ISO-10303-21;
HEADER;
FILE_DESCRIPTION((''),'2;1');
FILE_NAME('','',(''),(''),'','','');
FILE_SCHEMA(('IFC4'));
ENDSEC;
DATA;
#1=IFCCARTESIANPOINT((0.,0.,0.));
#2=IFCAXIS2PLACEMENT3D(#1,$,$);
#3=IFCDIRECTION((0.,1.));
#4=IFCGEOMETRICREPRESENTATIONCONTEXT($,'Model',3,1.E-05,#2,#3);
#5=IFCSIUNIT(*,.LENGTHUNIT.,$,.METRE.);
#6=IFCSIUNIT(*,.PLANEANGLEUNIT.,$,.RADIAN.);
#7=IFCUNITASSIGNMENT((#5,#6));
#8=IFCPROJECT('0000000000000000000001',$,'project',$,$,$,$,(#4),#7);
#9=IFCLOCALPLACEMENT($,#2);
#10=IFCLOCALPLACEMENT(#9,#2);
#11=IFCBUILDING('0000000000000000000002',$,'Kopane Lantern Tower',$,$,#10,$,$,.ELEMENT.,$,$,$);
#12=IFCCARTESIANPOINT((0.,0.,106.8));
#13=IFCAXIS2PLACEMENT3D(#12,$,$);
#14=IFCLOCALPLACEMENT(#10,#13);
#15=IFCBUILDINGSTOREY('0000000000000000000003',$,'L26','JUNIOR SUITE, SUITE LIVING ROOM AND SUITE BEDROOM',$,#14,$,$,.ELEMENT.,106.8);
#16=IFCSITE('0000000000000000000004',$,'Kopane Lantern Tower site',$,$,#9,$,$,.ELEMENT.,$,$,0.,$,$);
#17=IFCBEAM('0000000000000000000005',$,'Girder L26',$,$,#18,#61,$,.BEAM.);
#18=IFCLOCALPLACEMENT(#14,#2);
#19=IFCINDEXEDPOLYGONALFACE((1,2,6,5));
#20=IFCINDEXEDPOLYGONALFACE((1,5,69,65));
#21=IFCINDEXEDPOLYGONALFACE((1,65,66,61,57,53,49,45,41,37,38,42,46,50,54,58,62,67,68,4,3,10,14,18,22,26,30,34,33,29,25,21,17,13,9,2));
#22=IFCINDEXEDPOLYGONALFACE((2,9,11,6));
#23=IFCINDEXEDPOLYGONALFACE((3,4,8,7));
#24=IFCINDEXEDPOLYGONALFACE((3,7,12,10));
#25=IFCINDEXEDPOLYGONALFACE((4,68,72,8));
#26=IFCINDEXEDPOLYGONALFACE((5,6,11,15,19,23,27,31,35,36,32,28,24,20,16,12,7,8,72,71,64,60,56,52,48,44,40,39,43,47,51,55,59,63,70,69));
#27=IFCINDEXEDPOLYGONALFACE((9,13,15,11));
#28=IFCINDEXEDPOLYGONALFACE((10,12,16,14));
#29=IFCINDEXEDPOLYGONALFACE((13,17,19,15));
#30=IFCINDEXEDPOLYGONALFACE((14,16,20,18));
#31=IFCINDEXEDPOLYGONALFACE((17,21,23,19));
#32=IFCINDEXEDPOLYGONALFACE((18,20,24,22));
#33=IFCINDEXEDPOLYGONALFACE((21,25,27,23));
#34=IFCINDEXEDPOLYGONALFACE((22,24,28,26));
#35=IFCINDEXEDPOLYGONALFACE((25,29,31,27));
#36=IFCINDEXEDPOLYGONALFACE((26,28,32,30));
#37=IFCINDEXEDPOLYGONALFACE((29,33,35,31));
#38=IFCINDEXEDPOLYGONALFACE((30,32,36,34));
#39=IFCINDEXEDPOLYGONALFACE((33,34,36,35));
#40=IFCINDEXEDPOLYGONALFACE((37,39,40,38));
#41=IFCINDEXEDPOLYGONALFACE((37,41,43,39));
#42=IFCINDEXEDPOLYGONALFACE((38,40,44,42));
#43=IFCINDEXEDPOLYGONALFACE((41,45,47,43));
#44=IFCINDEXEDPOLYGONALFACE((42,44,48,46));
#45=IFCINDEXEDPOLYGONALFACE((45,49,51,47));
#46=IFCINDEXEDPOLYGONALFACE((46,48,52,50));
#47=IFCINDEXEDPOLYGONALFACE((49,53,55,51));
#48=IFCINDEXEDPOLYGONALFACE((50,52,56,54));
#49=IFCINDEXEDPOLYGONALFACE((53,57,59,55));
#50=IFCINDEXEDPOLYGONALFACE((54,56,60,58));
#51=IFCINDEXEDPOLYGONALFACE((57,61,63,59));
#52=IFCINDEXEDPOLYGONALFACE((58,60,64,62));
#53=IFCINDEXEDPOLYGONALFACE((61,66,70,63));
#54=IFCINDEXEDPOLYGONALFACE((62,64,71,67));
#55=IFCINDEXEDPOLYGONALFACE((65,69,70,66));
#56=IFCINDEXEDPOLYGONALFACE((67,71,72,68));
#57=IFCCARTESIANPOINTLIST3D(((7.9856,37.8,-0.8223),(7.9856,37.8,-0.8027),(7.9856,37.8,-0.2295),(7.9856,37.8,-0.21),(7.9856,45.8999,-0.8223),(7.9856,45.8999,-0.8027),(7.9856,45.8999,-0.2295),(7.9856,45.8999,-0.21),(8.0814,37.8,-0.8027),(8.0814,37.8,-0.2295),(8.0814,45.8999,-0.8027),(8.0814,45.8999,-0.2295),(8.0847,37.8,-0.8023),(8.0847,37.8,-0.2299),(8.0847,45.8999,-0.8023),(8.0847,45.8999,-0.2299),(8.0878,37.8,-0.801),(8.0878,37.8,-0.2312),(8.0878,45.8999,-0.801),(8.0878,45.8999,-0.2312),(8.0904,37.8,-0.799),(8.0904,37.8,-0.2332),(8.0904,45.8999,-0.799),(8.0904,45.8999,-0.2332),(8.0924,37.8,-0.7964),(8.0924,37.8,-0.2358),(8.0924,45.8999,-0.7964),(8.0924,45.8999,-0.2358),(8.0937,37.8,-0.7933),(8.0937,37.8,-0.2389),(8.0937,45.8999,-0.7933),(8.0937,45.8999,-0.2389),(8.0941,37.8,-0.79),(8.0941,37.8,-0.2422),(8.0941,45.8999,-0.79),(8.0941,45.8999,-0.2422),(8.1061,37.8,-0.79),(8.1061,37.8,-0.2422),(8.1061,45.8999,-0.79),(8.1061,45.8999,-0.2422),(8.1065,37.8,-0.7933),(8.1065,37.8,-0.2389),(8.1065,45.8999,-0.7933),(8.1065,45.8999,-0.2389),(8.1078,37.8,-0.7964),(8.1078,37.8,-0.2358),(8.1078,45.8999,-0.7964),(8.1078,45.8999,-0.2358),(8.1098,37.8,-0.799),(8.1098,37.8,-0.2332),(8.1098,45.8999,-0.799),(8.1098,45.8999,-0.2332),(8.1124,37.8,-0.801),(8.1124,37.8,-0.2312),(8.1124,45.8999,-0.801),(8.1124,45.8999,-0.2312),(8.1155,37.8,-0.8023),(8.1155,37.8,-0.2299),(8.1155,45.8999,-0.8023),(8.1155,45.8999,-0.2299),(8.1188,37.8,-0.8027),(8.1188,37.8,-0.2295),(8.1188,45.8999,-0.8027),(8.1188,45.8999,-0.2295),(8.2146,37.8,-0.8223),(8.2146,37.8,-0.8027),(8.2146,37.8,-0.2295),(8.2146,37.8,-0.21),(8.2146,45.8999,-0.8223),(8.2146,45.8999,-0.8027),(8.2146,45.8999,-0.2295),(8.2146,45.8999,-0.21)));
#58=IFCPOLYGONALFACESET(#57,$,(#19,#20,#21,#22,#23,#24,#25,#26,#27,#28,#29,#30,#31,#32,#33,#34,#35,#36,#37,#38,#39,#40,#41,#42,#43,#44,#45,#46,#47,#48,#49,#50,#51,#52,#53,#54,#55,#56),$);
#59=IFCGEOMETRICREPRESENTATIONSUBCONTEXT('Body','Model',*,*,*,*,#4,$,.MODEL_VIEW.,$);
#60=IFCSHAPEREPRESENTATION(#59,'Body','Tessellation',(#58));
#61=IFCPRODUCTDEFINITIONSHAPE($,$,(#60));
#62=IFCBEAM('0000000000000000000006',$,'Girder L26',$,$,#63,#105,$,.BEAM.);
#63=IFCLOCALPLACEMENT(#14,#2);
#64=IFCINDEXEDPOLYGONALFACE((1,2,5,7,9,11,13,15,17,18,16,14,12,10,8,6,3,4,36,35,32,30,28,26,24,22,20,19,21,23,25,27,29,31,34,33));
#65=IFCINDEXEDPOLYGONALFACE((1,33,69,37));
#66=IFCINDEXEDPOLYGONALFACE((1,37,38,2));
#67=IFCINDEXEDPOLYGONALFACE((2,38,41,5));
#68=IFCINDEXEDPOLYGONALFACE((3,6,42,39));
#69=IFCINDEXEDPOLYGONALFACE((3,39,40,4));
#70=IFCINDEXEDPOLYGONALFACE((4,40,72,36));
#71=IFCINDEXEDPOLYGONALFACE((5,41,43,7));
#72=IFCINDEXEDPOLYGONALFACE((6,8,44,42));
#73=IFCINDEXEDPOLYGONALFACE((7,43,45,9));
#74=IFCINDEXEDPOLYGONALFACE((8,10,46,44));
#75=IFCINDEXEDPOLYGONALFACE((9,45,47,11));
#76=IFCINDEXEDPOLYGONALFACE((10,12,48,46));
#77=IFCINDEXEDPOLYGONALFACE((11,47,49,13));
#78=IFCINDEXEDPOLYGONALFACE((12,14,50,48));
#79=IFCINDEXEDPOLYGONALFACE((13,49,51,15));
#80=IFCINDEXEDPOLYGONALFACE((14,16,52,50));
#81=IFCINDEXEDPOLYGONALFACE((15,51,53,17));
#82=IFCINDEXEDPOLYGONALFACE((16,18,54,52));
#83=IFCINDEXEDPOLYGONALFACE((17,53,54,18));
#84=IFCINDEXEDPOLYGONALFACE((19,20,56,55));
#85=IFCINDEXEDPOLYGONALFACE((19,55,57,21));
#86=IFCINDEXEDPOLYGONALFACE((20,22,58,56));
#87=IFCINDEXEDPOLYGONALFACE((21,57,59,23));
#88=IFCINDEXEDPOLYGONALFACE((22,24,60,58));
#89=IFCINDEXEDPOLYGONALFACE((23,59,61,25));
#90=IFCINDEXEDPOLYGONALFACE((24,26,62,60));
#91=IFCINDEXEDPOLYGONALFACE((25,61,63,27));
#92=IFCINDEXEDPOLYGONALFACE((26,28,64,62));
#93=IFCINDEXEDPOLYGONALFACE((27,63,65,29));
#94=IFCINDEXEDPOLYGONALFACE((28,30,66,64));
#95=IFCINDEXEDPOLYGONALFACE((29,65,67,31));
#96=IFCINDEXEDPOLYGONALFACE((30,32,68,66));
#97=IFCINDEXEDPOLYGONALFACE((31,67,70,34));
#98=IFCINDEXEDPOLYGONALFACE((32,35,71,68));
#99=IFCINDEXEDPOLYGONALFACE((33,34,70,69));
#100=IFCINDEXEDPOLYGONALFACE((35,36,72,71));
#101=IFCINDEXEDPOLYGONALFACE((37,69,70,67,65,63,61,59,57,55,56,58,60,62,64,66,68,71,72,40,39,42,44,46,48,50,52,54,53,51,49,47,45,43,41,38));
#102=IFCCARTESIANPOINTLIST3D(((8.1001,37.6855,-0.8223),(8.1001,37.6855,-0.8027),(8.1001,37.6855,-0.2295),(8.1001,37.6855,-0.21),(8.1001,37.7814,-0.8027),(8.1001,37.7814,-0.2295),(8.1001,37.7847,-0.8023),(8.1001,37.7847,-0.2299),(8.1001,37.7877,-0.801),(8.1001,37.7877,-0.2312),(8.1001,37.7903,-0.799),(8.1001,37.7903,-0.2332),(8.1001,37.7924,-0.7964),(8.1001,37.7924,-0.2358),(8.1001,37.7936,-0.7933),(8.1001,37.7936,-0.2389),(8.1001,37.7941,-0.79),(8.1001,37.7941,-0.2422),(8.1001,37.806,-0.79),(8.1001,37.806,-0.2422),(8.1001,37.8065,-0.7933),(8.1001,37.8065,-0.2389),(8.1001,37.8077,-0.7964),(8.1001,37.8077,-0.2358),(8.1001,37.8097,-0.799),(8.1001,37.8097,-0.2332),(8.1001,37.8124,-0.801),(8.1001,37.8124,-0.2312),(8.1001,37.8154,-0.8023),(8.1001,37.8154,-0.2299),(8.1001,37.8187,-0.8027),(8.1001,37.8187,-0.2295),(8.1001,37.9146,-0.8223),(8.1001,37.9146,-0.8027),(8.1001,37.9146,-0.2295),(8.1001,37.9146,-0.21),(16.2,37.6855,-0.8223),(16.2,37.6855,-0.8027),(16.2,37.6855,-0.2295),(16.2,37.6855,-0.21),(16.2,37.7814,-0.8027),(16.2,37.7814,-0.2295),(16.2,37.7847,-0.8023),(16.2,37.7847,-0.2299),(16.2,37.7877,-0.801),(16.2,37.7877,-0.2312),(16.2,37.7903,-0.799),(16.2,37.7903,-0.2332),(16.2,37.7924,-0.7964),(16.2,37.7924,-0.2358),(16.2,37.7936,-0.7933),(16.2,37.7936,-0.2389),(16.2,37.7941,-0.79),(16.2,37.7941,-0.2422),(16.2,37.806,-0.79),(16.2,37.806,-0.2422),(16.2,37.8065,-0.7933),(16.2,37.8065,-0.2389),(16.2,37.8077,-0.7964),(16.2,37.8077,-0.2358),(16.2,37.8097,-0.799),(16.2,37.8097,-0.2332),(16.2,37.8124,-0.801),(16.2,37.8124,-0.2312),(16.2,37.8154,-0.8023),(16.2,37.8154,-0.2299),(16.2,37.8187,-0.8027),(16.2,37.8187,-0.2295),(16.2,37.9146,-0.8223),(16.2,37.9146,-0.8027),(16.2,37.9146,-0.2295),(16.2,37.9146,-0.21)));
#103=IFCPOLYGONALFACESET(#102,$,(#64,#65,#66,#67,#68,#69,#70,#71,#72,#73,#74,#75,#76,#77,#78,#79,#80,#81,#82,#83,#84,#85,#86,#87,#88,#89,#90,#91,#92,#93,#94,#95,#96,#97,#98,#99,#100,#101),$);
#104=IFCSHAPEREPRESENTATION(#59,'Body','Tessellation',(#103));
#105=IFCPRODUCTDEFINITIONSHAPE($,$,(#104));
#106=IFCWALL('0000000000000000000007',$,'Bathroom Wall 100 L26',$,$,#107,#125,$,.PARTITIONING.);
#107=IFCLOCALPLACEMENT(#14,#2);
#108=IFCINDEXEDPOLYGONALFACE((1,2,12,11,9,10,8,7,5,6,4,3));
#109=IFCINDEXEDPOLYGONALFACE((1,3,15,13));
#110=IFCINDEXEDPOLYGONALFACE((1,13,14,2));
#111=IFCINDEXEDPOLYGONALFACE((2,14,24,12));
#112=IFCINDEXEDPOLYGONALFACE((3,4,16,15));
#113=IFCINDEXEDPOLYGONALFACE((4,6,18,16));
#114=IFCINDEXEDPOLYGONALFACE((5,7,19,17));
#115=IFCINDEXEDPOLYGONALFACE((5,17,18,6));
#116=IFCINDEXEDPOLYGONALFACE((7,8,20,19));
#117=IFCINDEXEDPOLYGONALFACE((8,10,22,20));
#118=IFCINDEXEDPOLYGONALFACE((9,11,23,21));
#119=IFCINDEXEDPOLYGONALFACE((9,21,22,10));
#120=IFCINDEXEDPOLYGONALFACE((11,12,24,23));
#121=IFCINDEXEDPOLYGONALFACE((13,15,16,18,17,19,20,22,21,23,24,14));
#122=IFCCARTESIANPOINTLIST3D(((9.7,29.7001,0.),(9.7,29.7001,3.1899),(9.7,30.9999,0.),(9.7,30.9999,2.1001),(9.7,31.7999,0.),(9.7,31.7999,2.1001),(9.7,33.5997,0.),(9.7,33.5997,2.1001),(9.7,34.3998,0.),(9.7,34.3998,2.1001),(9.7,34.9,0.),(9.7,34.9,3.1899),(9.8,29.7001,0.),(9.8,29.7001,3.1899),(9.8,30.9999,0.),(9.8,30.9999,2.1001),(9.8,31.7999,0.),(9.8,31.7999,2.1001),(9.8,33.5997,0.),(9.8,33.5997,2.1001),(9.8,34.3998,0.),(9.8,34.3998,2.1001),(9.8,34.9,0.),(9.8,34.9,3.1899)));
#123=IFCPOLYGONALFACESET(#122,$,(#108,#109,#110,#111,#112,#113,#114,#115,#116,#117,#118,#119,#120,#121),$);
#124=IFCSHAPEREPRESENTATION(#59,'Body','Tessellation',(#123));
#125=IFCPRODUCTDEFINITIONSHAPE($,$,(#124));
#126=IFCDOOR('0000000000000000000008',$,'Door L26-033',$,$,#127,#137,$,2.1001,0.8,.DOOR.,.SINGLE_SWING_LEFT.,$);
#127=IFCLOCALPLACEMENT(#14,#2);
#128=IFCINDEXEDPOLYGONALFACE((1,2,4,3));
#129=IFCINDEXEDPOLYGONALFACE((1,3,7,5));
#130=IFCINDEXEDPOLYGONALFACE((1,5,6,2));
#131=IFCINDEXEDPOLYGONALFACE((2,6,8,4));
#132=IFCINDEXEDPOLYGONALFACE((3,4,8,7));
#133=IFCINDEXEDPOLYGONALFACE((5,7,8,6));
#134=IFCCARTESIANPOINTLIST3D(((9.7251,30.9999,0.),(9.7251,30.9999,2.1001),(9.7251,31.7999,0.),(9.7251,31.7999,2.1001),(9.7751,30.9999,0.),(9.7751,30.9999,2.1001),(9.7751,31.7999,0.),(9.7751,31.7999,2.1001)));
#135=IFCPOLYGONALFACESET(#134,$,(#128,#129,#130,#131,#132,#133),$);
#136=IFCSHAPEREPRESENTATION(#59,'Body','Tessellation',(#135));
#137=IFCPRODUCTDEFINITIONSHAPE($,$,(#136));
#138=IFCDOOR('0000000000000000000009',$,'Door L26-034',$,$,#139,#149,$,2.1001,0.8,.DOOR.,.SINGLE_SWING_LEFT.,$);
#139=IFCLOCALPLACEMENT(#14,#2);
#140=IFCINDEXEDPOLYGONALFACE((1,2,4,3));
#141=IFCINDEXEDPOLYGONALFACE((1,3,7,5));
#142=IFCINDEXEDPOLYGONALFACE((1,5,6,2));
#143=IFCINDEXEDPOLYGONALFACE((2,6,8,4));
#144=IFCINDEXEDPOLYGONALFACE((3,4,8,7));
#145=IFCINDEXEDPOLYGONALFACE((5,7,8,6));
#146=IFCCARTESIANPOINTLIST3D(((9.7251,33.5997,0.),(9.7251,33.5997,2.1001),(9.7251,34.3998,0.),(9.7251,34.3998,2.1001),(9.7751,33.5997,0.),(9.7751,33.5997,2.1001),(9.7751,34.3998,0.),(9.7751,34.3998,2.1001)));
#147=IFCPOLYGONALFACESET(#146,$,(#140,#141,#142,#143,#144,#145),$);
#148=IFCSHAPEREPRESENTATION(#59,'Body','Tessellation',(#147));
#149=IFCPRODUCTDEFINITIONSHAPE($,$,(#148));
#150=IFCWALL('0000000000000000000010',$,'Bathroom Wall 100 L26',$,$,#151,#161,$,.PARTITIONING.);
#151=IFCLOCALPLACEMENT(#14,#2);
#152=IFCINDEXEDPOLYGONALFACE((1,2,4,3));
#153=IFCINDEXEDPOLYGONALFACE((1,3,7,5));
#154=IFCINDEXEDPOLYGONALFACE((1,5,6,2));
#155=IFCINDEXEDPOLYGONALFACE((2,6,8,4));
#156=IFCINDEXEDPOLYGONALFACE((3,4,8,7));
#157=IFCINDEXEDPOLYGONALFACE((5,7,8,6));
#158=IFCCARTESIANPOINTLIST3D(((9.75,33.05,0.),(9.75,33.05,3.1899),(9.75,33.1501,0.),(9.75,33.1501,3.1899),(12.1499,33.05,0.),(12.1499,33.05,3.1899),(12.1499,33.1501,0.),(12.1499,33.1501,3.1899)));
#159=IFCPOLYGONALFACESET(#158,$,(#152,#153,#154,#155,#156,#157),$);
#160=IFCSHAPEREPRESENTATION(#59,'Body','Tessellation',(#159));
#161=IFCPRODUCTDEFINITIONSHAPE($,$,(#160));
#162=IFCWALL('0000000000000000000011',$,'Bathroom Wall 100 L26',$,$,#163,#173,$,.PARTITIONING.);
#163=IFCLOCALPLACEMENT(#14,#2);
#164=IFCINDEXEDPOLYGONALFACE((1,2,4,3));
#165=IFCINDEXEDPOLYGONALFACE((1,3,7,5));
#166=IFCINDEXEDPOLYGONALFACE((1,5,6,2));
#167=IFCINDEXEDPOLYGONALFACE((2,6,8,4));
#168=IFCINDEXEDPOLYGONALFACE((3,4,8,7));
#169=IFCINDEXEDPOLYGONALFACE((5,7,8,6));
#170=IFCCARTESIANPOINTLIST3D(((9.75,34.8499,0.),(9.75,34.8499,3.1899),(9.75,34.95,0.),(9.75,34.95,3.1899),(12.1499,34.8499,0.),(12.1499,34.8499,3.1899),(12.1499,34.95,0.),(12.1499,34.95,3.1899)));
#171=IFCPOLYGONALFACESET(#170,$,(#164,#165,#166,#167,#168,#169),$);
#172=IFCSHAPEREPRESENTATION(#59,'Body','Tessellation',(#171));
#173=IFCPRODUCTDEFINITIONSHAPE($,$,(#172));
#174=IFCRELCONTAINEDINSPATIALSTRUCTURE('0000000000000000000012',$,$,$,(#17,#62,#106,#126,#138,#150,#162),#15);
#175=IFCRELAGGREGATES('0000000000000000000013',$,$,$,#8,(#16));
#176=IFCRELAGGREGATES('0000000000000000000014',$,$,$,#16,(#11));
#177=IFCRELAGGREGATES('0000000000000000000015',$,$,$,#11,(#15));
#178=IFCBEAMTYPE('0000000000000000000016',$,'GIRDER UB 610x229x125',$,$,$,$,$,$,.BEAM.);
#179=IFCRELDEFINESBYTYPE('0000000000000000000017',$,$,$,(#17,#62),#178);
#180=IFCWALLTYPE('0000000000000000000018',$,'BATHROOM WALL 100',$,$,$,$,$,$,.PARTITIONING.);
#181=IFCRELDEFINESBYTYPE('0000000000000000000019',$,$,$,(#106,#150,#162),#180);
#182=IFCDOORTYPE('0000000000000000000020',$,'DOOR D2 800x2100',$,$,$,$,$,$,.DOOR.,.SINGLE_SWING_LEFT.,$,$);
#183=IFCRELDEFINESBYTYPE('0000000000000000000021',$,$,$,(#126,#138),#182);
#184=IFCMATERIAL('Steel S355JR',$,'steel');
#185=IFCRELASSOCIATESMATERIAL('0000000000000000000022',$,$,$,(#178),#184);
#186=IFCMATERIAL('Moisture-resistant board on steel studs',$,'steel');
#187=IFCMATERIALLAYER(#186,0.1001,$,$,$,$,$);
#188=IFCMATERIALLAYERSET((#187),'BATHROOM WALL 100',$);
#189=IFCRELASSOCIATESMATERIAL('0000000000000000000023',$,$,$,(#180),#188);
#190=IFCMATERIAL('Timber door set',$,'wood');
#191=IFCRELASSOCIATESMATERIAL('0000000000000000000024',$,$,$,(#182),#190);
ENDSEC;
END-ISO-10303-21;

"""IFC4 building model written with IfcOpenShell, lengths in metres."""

from ifc_helpers import new_model, si_unit, direction, frame, frame_2d, origin, origin_2d, place, context, subcontext, project, spatial, rectangle, i_section, extrude, material, layer, layer_set, material_profile, profile_set, type_object, element, fill, save


model = new_model("IFC4")

# Units and contexts
model_context = context("Model", 3, precision=1e-05, world=origin(), true_north=direction((0.0, 1.0)))
body_context = subcontext(model_context, "Body", "Model", "MODEL_VIEW")
ifc_project = project(units=[si_unit("LENGTHUNIT", "METRE"), si_unit("PLANEANGLEUNIT", "RADIAN")], contexts=[model_context])

# Site, building, storey
site_placement = place(None, origin())
site = spatial("IfcSite", under=ifc_project, at=site_placement, Name="Kopane Lantern Tower site", CompositionType="ELEMENT", RefElevation=0.0)
building_placement = place(site_placement, origin())
building = spatial("IfcBuilding", under=site, at=building_placement, Name="Kopane Lantern Tower", CompositionType="ELEMENT")
storey_placement = place(building_placement, frame((0.0, 0.0, 106.8)))
storey = spatial("IfcBuildingStorey", under=building, at=storey_placement, Name="L26", Description="JUNIOR SUITE, SUITE LIVING ROOM AND SUITE BEDROOM", CompositionType="ELEMENT", Elevation=106.8)

# Beams
ifc_material_1 = material(Name="Steel S355JR", Category="steel")
ifc_material_profile_1 = material_profile(ifc_material_1, i_section(OverallWidth=0.229, OverallDepth=0.6123, WebThickness=0.012, FlangeThickness=0.0195, FilletRadius=0.0127, at=origin_2d()), Name="UB 610x229x125")
ifc_profile_set_1 = profile_set([ifc_material_profile_1], Name="Steel S355JR")
beam_type = type_object("IfcBeamType", Name="GIRDER UB 610x229x125", PredefinedType="BEAM", material=ifc_profile_set_1)
for number, where, z_axis, x_axis, name in (
    (1, (8.1001, 37.8, -0.5161), (0.0, 1.0, 0.0), (-1.0, 0.0, 0.0), "Girder L26"),
    (2, (8.1001, 37.8, -0.5161), (1.0, 0.0, 0.0), (0.0, 1.0, 0.0), "Girder L26"),
):
    element("IfcBeam", number, at=place(storey_placement, frame(where, z_axis=z_axis, x_axis=x_axis)), inside=storey, type_object=beam_type, Name=name, PredefinedType="BEAM", context=body_context, shape_type="SweptSolid", body=[
        extrude(i_section(OverallWidth=0.229, OverallDepth=0.6123, WebThickness=0.012, FlangeThickness=0.0195, FilletRadius=0.0127, at=origin_2d()), origin(), (0.0, 0.0, 1.0), 8.0999),
    ])

# Wall, openings, doors
ifc_material_2 = material(Name="Moisture-resistant board on steel studs", Category="steel")
ifc_layer_1 = layer(ifc_material_2, 0.1001)
ifc_layer_set_1 = layer_set([ifc_layer_1], Name="BATHROOM WALL 100")
wall_type_1 = type_object("IfcWallType", Name="BATHROOM WALL 100", PredefinedType="PARTITIONING", material=ifc_layer_set_1)
wall_1_placement = place(storey_placement, frame((9.75, 29.7, 0.0), z_axis=(0.0, 0.0, 1.0), x_axis=(0.0, 1.0, 0.0)))
wall_1 = element("IfcWall", 3, at=wall_1_placement, inside=storey, type_object=wall_type_1, Name="Bathroom Wall 100 L26", PredefinedType="PARTITIONING", context=body_context, shape_type="SweptSolid", body=[
    extrude(rectangle(XDim=5.2, YDim=0.1001, at=frame_2d((2.6001, 0.0))), origin(), (0.0, 0.0, 1.0), 3.1899),
])
opening_1_placement = place(wall_1_placement, frame((1.3, 0.0, 0.0)))
opening_1 = element("IfcOpeningElement", 4, at=opening_1_placement, cuts=wall_1, PredefinedType="OPENING", context=body_context, shape_type="SweptSolid", body=[
    extrude(rectangle(XDim=0.8, YDim=2.1001, at=frame_2d((0.3999, 1.05))), frame((0.0, 0.0601, 0.0), z_axis=(0.0, -1.0, 0.0), x_axis=(1.0, 0.0, 0.0)), (0.0, 0.0, 1.0), 0.1201),
])
opening_2_placement = place(wall_1_placement, frame((3.8999, 0.0, 0.0)))
opening_2 = element("IfcOpeningElement", 5, at=opening_2_placement, cuts=wall_1, PredefinedType="OPENING", context=body_context, shape_type="SweptSolid", body=[
    extrude(rectangle(XDim=0.8, YDim=2.1001, at=frame_2d((0.3999, 1.05))), frame((0.0, 0.0601, 0.0), z_axis=(0.0, -1.0, 0.0), x_axis=(1.0, 0.0, 0.0)), (0.0, 0.0, 1.0), 0.1201),
])
ifc_material_3 = material(Name="Timber door set", Category="wood")
door_type = type_object("IfcDoorType", Name="DOOR D2 800x2100", OperationType="SINGLE_SWING_LEFT", PredefinedType="DOOR", material=ifc_material_3)
door_1_placement = place(opening_1_placement, origin())
door_1 = element("IfcDoor", 6, at=door_1_placement, inside=storey, type_object=door_type, Name="Door L26-033", OperationType="SINGLE_SWING_LEFT", OverallHeight=2.1001, OverallWidth=0.8, PredefinedType="DOOR", context=body_context, shape_type="SweptSolid", body=[
    extrude(rectangle(XDim=0.8, YDim=2.1001, at=frame_2d((0.3999, 1.05))), frame((0.0, 0.0249, 0.0), z_axis=(0.0, -1.0, 0.0), x_axis=(1.0, 0.0, 0.0)), (0.0, 0.0, 1.0), 0.05),
])
fill(opening_1, door_1)
door_2_placement = place(opening_2_placement, origin())
door_2 = element("IfcDoor", 7, at=door_2_placement, inside=storey, type_object=door_type, Name="Door L26-034", OperationType="SINGLE_SWING_LEFT", OverallHeight=2.1001, OverallWidth=0.8, PredefinedType="DOOR", context=body_context, shape_type="SweptSolid", body=[
    extrude(rectangle(XDim=0.8, YDim=2.1001, at=frame_2d((0.3999, 1.05))), frame((0.0, 0.0249, 0.0), z_axis=(0.0, -1.0, 0.0), x_axis=(1.0, 0.0, 0.0)), (0.0, 0.0, 1.0), 0.05),
])
fill(opening_2, door_2)

# Walls
for number, where, z_axis, x_axis, name in (
    (8, (12.1499, 33.1001, 0.0), (0.0, 0.0, 1.0), (-1.0, 0.0, 0.0), "Bathroom Wall 100 L26"),
    (9, (12.1499, 34.8999, 0.0), (0.0, 0.0, 1.0), (-1.0, 0.0, 0.0), "Bathroom Wall 100 L26"),
):
    element("IfcWall", number, at=place(storey_placement, frame(where, z_axis=z_axis, x_axis=x_axis)), inside=storey, type_object=wall_type_1, Name=name, PredefinedType="PARTITIONING", context=body_context, shape_type="SweptSolid", body=[
        extrude(rectangle(XDim=2.3999, YDim=0.1001, at=frame_2d((1.2, 0.0))), origin(), (0.0, 0.0, 1.0), 3.1899),
    ])

save(model, "model.ifc")
